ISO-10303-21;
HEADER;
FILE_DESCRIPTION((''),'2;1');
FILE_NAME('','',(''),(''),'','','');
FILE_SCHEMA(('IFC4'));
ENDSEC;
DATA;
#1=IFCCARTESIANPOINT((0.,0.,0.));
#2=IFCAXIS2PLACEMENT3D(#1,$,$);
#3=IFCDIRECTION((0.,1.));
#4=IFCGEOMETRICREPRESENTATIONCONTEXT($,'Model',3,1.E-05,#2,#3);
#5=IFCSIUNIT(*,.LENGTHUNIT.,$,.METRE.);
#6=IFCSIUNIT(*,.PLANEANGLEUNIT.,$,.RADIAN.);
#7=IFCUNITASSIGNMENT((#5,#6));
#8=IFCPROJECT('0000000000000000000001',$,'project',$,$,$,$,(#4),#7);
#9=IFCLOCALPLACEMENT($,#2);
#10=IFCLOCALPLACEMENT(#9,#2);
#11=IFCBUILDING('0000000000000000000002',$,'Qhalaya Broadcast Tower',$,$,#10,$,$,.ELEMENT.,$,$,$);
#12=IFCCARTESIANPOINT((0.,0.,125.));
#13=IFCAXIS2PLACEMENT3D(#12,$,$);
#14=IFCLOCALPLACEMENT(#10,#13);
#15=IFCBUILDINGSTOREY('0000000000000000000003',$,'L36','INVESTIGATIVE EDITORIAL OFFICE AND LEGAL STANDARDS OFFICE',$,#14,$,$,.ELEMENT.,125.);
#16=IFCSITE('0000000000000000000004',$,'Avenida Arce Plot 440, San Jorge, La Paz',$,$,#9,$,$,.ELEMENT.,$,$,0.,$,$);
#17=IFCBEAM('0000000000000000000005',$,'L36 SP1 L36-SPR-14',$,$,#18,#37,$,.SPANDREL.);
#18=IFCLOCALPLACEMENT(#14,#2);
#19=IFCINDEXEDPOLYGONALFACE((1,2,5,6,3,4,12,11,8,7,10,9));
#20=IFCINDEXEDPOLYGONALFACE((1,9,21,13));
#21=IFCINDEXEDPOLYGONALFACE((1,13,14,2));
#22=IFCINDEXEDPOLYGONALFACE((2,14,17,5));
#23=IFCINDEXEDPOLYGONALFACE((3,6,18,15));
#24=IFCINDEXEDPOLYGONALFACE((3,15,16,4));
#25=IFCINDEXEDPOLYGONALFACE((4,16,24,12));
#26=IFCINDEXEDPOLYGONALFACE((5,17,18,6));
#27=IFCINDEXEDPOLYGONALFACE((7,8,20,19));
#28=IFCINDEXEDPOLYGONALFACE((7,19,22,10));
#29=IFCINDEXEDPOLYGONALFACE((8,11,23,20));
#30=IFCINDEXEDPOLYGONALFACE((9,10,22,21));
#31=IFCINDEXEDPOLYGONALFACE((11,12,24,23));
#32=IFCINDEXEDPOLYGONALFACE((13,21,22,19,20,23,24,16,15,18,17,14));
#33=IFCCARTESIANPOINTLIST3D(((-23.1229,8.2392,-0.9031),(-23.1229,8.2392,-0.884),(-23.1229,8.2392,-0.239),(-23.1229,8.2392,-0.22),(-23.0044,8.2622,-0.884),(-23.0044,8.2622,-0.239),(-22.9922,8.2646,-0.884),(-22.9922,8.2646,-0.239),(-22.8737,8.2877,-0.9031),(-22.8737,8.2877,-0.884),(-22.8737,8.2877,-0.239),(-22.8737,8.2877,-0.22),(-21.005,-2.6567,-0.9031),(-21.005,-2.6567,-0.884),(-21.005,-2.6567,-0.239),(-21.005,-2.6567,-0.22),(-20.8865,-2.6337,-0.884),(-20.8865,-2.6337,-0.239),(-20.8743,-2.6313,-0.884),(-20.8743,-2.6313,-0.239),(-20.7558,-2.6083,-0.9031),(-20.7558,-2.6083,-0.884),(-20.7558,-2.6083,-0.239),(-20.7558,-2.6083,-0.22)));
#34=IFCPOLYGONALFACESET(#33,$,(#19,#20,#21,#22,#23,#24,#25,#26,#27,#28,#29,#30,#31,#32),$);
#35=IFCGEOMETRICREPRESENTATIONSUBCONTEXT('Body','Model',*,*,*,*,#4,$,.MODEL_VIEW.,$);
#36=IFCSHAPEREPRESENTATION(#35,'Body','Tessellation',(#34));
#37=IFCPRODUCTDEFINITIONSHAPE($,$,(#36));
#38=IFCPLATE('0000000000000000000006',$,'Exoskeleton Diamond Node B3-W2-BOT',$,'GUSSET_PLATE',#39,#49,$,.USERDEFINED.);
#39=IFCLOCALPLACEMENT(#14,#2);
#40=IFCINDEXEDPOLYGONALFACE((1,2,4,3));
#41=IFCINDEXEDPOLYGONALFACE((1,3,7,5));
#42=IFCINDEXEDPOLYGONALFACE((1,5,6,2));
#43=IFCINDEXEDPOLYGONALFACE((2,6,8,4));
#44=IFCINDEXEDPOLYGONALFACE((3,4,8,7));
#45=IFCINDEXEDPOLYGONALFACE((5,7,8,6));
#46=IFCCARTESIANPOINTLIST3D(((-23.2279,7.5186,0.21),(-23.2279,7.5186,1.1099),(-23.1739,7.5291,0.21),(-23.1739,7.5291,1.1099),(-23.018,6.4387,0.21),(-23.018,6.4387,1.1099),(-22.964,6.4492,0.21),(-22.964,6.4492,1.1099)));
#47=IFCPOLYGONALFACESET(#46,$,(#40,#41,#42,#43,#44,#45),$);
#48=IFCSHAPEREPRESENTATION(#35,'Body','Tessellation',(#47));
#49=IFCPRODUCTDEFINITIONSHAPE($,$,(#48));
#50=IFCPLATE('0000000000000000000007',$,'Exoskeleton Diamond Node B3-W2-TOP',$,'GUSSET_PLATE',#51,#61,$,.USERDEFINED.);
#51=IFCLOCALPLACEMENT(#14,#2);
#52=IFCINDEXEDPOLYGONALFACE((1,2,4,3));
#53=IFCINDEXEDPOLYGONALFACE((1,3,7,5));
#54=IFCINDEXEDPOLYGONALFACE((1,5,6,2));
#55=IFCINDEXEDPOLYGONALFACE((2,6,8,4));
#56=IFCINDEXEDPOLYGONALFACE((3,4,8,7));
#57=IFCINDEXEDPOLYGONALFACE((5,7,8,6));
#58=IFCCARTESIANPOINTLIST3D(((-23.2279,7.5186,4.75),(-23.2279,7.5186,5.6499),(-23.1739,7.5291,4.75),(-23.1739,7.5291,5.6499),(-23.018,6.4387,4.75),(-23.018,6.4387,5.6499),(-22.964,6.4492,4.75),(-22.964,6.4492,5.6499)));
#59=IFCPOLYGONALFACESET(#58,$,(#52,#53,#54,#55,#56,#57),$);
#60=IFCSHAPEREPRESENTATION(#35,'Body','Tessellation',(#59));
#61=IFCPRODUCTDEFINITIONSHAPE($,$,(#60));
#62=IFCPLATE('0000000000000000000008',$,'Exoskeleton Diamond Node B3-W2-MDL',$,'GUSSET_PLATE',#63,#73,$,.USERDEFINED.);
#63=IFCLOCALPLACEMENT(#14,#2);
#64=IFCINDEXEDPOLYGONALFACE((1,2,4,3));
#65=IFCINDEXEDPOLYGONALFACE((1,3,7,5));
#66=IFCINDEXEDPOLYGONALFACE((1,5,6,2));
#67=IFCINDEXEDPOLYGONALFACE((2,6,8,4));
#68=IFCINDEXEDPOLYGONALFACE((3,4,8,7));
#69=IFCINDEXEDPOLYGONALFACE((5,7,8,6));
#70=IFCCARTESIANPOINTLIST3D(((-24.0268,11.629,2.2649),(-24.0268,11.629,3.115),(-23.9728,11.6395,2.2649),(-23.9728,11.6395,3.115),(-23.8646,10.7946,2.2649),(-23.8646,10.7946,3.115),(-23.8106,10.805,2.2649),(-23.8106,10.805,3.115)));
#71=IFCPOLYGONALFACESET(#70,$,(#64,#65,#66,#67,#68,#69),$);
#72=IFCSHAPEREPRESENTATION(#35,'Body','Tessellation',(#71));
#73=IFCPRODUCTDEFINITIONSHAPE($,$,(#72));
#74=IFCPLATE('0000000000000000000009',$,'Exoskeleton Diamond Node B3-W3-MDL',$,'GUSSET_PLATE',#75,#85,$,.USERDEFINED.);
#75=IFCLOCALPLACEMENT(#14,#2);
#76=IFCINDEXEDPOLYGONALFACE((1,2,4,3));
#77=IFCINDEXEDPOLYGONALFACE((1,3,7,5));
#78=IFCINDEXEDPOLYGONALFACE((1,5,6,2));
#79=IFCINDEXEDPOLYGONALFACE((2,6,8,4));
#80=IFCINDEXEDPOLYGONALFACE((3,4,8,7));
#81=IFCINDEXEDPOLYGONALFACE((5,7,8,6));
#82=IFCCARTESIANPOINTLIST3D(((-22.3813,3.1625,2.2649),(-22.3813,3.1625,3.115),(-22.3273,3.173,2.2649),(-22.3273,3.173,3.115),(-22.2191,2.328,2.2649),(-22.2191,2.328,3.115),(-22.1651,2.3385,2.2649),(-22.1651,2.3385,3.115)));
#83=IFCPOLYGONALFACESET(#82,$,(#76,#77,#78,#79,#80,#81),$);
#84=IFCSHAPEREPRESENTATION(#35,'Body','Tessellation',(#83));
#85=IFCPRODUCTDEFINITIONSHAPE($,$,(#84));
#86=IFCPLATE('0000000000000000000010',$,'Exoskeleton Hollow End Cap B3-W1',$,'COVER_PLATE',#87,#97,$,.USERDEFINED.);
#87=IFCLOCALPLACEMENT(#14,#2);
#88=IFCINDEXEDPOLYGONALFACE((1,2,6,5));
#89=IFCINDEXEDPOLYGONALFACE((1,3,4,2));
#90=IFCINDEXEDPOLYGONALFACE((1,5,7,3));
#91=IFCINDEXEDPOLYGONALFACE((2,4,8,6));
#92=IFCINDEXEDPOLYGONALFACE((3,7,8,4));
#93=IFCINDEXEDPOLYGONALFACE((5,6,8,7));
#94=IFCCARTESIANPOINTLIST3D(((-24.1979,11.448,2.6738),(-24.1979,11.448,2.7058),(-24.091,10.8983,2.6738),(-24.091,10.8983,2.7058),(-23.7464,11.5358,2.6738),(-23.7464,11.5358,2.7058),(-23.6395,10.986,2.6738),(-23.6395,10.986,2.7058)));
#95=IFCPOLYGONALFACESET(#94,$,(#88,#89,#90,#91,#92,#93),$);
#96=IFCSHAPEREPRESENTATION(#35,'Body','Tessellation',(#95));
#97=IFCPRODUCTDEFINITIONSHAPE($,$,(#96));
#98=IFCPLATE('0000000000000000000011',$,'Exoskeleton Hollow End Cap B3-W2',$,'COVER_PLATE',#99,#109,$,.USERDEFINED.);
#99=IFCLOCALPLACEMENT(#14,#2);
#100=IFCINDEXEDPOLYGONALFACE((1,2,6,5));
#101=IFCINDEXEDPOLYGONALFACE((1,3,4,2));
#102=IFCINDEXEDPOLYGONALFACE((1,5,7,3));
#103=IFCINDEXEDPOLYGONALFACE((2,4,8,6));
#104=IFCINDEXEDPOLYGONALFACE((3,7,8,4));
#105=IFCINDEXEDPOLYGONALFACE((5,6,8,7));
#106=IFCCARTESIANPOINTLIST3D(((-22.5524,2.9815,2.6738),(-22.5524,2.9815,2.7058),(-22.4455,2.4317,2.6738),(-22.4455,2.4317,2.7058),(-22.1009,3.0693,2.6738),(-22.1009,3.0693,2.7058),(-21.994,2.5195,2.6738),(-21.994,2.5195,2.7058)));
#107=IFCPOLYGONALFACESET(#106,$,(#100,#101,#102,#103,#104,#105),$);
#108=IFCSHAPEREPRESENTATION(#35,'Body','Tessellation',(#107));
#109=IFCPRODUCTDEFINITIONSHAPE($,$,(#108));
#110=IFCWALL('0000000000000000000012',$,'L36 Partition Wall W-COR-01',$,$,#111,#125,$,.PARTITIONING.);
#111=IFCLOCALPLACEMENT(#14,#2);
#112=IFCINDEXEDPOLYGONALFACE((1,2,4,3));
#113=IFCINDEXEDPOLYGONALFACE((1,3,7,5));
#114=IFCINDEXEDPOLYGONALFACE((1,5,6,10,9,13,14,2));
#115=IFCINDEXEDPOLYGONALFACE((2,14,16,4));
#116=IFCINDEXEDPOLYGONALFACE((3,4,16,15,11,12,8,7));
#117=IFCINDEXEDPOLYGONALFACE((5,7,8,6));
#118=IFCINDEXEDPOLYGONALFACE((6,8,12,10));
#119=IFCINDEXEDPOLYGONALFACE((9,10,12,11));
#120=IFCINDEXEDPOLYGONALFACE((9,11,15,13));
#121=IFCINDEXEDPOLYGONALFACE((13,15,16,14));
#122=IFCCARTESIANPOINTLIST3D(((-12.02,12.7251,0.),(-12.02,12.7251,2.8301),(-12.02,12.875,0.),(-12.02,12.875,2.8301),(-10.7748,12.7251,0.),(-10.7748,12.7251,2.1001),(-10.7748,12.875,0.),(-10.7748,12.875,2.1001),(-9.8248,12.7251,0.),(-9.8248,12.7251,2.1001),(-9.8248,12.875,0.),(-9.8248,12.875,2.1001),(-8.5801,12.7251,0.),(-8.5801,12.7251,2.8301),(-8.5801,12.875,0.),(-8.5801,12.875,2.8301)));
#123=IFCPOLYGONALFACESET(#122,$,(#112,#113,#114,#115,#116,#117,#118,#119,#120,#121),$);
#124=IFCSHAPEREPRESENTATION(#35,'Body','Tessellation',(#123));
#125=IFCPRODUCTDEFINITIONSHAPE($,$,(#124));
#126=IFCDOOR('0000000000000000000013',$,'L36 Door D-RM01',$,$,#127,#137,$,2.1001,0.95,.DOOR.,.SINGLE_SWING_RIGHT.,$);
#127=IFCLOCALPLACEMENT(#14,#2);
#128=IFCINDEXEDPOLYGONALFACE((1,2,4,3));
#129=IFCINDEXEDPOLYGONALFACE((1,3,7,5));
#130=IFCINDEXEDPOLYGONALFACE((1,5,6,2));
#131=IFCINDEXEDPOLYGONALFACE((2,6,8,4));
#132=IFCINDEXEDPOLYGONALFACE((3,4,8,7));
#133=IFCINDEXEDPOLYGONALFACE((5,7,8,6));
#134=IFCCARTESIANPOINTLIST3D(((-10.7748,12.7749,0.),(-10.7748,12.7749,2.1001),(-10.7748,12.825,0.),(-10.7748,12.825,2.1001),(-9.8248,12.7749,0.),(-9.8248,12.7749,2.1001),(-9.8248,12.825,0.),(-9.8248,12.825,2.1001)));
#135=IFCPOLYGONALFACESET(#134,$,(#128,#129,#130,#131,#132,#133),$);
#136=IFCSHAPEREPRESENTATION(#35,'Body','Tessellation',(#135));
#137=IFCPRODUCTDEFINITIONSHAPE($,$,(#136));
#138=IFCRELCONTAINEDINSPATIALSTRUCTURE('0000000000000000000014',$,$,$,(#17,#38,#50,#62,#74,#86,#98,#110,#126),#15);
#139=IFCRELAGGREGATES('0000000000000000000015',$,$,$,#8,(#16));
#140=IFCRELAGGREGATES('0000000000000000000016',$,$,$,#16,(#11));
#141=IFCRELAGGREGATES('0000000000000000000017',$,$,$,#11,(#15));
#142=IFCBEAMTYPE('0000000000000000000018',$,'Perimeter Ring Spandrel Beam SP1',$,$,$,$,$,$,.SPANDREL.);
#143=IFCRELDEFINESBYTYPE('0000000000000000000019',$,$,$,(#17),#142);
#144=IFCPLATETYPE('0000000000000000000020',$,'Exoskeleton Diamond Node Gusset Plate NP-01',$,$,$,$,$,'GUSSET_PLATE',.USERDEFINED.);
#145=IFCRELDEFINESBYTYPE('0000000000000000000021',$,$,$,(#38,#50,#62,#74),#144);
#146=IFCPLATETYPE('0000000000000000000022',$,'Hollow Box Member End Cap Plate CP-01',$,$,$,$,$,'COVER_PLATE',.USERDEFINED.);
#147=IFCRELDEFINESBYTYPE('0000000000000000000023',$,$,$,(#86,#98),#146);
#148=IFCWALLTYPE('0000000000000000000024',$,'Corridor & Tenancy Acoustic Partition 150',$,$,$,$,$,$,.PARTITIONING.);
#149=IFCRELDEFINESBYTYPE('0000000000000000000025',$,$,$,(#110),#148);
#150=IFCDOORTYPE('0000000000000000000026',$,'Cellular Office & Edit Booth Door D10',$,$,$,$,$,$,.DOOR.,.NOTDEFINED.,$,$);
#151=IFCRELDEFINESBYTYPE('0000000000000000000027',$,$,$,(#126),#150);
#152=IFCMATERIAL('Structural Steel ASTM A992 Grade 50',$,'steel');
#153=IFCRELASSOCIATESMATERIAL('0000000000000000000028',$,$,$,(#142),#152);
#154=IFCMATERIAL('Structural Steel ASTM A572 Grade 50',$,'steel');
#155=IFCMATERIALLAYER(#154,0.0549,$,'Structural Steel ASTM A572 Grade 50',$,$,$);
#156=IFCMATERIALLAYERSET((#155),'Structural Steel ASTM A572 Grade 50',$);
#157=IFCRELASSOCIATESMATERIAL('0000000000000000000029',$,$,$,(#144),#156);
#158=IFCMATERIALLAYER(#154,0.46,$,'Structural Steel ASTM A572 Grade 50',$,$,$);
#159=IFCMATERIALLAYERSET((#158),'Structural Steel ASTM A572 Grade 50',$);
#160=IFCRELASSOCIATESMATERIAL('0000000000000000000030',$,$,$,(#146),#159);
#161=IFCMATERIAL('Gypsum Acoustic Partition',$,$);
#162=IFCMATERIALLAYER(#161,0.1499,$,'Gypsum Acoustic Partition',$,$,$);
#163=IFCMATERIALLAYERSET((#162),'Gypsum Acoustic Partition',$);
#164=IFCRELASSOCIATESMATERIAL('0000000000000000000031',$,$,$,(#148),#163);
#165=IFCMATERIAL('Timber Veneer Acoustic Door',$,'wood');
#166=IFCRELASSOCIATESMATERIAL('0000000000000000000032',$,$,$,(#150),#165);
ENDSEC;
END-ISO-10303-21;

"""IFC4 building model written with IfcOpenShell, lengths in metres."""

from ifc_helpers import new_model, si_unit, direction, frame, frame_2d, origin, origin_2d, place, context, subcontext, project, spatial, rectangle, i_section, extrude, material, layer, layer_set, material_profile, profile_set, type_object, element, fill, save


model = new_model("IFC4")

# Units and contexts
model_context = context("Model", 3, precision=1e-05, world=origin(), true_north=direction((0.0, 1.0)))
body_context = subcontext(model_context, "Body", "Model", "MODEL_VIEW")
ifc_project = project(units=[si_unit("LENGTHUNIT", "METRE"), si_unit("PLANEANGLEUNIT", "RADIAN")], contexts=[model_context])

# Site, building, storey
site_placement = place(None, origin())
site = spatial("IfcSite", under=ifc_project, at=site_placement, Name="Avenida Arce Plot 440, San Jorge, La Paz", CompositionType="ELEMENT", RefElevation=0.0)
building_placement = place(site_placement, origin())
building = spatial("IfcBuilding", under=site, at=building_placement, Name="Qhalaya Broadcast Tower", CompositionType="ELEMENT")
storey_placement = place(building_placement, frame((0.0, 0.0, 125.0)))
storey = spatial("IfcBuildingStorey", under=building, at=storey_placement, Name="L36", Description="INVESTIGATIVE EDITORIAL OFFICE AND LEGAL STANDARDS OFFICE", CompositionType="ELEMENT", Elevation=125.0)

# Shared definitions
ifc_material_1 = material(Name="Structural Steel ASTM A572 Grade 50", Category="steel")

# Shared definitions
ifc_material_2 = material(Name="Structural Steel ASTM A992 Grade 50", Category="steel")

# Beam
ifc_material_profile_1 = material_profile(ifc_material_2, i_section(OverallWidth=0.2539, OverallDepth=0.6831, WebThickness=0.0125, FlangeThickness=0.019, at=origin_2d()), Name="W27X94")
ifc_profile_set_1 = profile_set([ifc_material_profile_1], Name="Structural Steel ASTM A992 Grade 50")
beam_type_1 = type_object("IfcBeamType", Name="Perimeter Ring Spandrel Beam SP1", PredefinedType="SPANDREL", material=ifc_profile_set_1)
beam_1_placement = place(storey_placement, frame((-22.9983, 8.2634, -0.5615), z_axis=(0.190805, -0.981628, 0.0), x_axis=(0.981628, 0.190805, 0.0)))
element("IfcBeam", 1, at=beam_1_placement, inside=storey, type_object=beam_type_1, Name="L36 SP1 L36-SPR-14", PredefinedType="SPANDREL", context=body_context, shape_type="SweptSolid", body=[
    extrude(i_section(OverallWidth=0.2539, OverallDepth=0.6831, WebThickness=0.0125, FlangeThickness=0.019, at=origin_2d()), origin(), (0.0, 0.0, 1.0), 11.0999),
])

# Plates
ifc_layer_1 = layer(ifc_material_1, 0.0549, Name="Structural Steel ASTM A572 Grade 50")
ifc_layer_set_1 = layer_set([ifc_layer_1], Name="Structural Steel ASTM A572 Grade 50")
plate_type_1 = type_object("IfcPlateType", Name="Exoskeleton Diamond Node Gusset Plate NP-01", ElementType="GUSSET_PLATE", PredefinedType="USERDEFINED", material=ifc_layer_set_1)
for number, where, z_axis, x_axis, name in (
    (2, (-23.0959, 6.9839, 0.21), (0.0, 0.0, 1.0), (-0.190809, 0.981627, 0.0), "Exoskeleton Diamond Node B3-W2-BOT"),
    (3, (-23.0959, 6.9839, 4.75), (0.0, 0.0, 1.0), (-0.190809, 0.981627, 0.0), "Exoskeleton Diamond Node B3-W2-TOP"),
):
    element("IfcPlate", number, at=place(storey_placement, frame(where, z_axis=z_axis, x_axis=x_axis)), inside=storey, type_object=plate_type_1, Name=name, ObjectType="GUSSET_PLATE", PredefinedType="USERDEFINED", context=body_context, shape_type="SweptSolid", body=[
        extrude(rectangle(XDim=1.1001, YDim=0.0549, at=origin_2d()), origin(), (0.0, 0.0, 1.0), 0.8999),
    ])
for number, where, z_axis, x_axis, name in (
    (4, (-23.9187, 11.217, 2.2649), (0.0, 0.0, 1.0), (-0.190809, 0.981627, 0.0), "Exoskeleton Diamond Node B3-W2-MDL"),
    (5, (-22.2732, 2.7505, 2.2649), (0.0, 0.0, 1.0), (-0.190809, 0.981627, 0.0), "Exoskeleton Diamond Node B3-W3-MDL"),
):
    element("IfcPlate", number, at=place(storey_placement, frame(where, z_axis=z_axis, x_axis=x_axis)), inside=storey, type_object=plate_type_1, Name=name, ObjectType="GUSSET_PLATE", PredefinedType="USERDEFINED", context=body_context, shape_type="SweptSolid", body=[
        extrude(rectangle(XDim=0.8501, YDim=0.0549, at=origin_2d()), origin(), (0.0, 0.0, 1.0), 0.8501),
    ])
ifc_layer_2 = layer(ifc_material_1, 0.46, Name="Structural Steel ASTM A572 Grade 50")
ifc_layer_set_2 = layer_set([ifc_layer_2], Name="Structural Steel ASTM A572 Grade 50")
plate_type_2 = type_object("IfcPlateType", Name="Hollow Box Member End Cap Plate CP-01", ElementType="COVER_PLATE", PredefinedType="USERDEFINED", material=ifc_layer_set_2)
for number, where, z_axis, x_axis, name in (
    (6, (-23.9187, 11.217, 2.6738), (0.0, 0.0, 1.0), (-0.190809, 0.981627, 0.0), "Exoskeleton Hollow End Cap B3-W1"),
    (7, (-22.2732, 2.7505, 2.6738), (0.0, 0.0, 1.0), (-0.190809, 0.981627, 0.0), "Exoskeleton Hollow End Cap B3-W2"),
):
    element("IfcPlate", number, at=place(storey_placement, frame(where, z_axis=z_axis, x_axis=x_axis)), inside=storey, type_object=plate_type_2, Name=name, ObjectType="COVER_PLATE", PredefinedType="USERDEFINED", context=body_context, shape_type="SweptSolid", body=[
        extrude(rectangle(XDim=0.5601, YDim=0.46, at=origin_2d()), origin(), (0.0, 0.0, 1.0), 0.032),
    ])

# Wall, opening, door
ifc_material_3 = material(Name="Gypsum Acoustic Partition")
ifc_layer_3 = layer(ifc_material_3, 0.1499, Name="Gypsum Acoustic Partition")
ifc_layer_set_3 = layer_set([ifc_layer_3], Name="Gypsum Acoustic Partition")
wall_type_1 = type_object("IfcWallType", Name="Corridor & Tenancy Acoustic Partition 150", PredefinedType="PARTITIONING", material=ifc_layer_set_3)
wall_1_placement = place(storey_placement, frame((-12.02, 12.8, 0.0), z_axis=(0.0, 0.0, 1.0), x_axis=(1.0, 0.0, 0.0)))
wall_1 = element("IfcWall", 8, at=wall_1_placement, inside=storey, type_object=wall_type_1, Name="L36 Partition Wall W-COR-01", PredefinedType="PARTITIONING", context=body_context, shape_type="SweptSolid", body=[
    extrude(rectangle(XDim=3.4399, YDim=0.1499, at=frame_2d((1.72, 0.0))), origin(), (0.0, 0.0, 1.0), 2.8301),
])
opening_1_placement = place(wall_1_placement, frame((1.2451, 0.0, 0.0)))
opening_1 = element("IfcOpeningElement", 9, at=opening_1_placement, cuts=wall_1, PredefinedType="OPENING", context=body_context, shape_type="SweptSolid", body=[
    extrude(rectangle(XDim=0.95, YDim=2.1001, at=frame_2d((0.4751, 1.05))), frame((0.0, 0.0869, 0.0), z_axis=(0.0, -1.0, 0.0), x_axis=(1.0, 0.0, 0.0)), (0.0, 0.0, 1.0), 0.1738),
])
ifc_material_4 = material(Name="Timber Veneer Acoustic Door", Category="wood")
door_type = type_object("IfcDoorType", Name="Cellular Office & Edit Booth Door D10", OperationType="NOTDEFINED", PredefinedType="DOOR", material=ifc_material_4)
door_placement = place(opening_1_placement, origin())
door = element("IfcDoor", 10, at=door_placement, inside=storey, type_object=door_type, Name="L36 Door D-RM01", OperationType="SINGLE_SWING_RIGHT", OverallHeight=2.1001, OverallWidth=0.95, PredefinedType="DOOR", context=body_context, shape_type="SweptSolid", body=[
    extrude(rectangle(XDim=0.95, YDim=2.1001, at=frame_2d((0.4751, 1.05))), frame((0.0, 0.0249, 0.0), z_axis=(0.0, -1.0, 0.0), x_axis=(1.0, 0.0, 0.0)), (0.0, 0.0, 1.0), 0.05),
])
fill(opening_1, door)

save(model, "model.ifc")
